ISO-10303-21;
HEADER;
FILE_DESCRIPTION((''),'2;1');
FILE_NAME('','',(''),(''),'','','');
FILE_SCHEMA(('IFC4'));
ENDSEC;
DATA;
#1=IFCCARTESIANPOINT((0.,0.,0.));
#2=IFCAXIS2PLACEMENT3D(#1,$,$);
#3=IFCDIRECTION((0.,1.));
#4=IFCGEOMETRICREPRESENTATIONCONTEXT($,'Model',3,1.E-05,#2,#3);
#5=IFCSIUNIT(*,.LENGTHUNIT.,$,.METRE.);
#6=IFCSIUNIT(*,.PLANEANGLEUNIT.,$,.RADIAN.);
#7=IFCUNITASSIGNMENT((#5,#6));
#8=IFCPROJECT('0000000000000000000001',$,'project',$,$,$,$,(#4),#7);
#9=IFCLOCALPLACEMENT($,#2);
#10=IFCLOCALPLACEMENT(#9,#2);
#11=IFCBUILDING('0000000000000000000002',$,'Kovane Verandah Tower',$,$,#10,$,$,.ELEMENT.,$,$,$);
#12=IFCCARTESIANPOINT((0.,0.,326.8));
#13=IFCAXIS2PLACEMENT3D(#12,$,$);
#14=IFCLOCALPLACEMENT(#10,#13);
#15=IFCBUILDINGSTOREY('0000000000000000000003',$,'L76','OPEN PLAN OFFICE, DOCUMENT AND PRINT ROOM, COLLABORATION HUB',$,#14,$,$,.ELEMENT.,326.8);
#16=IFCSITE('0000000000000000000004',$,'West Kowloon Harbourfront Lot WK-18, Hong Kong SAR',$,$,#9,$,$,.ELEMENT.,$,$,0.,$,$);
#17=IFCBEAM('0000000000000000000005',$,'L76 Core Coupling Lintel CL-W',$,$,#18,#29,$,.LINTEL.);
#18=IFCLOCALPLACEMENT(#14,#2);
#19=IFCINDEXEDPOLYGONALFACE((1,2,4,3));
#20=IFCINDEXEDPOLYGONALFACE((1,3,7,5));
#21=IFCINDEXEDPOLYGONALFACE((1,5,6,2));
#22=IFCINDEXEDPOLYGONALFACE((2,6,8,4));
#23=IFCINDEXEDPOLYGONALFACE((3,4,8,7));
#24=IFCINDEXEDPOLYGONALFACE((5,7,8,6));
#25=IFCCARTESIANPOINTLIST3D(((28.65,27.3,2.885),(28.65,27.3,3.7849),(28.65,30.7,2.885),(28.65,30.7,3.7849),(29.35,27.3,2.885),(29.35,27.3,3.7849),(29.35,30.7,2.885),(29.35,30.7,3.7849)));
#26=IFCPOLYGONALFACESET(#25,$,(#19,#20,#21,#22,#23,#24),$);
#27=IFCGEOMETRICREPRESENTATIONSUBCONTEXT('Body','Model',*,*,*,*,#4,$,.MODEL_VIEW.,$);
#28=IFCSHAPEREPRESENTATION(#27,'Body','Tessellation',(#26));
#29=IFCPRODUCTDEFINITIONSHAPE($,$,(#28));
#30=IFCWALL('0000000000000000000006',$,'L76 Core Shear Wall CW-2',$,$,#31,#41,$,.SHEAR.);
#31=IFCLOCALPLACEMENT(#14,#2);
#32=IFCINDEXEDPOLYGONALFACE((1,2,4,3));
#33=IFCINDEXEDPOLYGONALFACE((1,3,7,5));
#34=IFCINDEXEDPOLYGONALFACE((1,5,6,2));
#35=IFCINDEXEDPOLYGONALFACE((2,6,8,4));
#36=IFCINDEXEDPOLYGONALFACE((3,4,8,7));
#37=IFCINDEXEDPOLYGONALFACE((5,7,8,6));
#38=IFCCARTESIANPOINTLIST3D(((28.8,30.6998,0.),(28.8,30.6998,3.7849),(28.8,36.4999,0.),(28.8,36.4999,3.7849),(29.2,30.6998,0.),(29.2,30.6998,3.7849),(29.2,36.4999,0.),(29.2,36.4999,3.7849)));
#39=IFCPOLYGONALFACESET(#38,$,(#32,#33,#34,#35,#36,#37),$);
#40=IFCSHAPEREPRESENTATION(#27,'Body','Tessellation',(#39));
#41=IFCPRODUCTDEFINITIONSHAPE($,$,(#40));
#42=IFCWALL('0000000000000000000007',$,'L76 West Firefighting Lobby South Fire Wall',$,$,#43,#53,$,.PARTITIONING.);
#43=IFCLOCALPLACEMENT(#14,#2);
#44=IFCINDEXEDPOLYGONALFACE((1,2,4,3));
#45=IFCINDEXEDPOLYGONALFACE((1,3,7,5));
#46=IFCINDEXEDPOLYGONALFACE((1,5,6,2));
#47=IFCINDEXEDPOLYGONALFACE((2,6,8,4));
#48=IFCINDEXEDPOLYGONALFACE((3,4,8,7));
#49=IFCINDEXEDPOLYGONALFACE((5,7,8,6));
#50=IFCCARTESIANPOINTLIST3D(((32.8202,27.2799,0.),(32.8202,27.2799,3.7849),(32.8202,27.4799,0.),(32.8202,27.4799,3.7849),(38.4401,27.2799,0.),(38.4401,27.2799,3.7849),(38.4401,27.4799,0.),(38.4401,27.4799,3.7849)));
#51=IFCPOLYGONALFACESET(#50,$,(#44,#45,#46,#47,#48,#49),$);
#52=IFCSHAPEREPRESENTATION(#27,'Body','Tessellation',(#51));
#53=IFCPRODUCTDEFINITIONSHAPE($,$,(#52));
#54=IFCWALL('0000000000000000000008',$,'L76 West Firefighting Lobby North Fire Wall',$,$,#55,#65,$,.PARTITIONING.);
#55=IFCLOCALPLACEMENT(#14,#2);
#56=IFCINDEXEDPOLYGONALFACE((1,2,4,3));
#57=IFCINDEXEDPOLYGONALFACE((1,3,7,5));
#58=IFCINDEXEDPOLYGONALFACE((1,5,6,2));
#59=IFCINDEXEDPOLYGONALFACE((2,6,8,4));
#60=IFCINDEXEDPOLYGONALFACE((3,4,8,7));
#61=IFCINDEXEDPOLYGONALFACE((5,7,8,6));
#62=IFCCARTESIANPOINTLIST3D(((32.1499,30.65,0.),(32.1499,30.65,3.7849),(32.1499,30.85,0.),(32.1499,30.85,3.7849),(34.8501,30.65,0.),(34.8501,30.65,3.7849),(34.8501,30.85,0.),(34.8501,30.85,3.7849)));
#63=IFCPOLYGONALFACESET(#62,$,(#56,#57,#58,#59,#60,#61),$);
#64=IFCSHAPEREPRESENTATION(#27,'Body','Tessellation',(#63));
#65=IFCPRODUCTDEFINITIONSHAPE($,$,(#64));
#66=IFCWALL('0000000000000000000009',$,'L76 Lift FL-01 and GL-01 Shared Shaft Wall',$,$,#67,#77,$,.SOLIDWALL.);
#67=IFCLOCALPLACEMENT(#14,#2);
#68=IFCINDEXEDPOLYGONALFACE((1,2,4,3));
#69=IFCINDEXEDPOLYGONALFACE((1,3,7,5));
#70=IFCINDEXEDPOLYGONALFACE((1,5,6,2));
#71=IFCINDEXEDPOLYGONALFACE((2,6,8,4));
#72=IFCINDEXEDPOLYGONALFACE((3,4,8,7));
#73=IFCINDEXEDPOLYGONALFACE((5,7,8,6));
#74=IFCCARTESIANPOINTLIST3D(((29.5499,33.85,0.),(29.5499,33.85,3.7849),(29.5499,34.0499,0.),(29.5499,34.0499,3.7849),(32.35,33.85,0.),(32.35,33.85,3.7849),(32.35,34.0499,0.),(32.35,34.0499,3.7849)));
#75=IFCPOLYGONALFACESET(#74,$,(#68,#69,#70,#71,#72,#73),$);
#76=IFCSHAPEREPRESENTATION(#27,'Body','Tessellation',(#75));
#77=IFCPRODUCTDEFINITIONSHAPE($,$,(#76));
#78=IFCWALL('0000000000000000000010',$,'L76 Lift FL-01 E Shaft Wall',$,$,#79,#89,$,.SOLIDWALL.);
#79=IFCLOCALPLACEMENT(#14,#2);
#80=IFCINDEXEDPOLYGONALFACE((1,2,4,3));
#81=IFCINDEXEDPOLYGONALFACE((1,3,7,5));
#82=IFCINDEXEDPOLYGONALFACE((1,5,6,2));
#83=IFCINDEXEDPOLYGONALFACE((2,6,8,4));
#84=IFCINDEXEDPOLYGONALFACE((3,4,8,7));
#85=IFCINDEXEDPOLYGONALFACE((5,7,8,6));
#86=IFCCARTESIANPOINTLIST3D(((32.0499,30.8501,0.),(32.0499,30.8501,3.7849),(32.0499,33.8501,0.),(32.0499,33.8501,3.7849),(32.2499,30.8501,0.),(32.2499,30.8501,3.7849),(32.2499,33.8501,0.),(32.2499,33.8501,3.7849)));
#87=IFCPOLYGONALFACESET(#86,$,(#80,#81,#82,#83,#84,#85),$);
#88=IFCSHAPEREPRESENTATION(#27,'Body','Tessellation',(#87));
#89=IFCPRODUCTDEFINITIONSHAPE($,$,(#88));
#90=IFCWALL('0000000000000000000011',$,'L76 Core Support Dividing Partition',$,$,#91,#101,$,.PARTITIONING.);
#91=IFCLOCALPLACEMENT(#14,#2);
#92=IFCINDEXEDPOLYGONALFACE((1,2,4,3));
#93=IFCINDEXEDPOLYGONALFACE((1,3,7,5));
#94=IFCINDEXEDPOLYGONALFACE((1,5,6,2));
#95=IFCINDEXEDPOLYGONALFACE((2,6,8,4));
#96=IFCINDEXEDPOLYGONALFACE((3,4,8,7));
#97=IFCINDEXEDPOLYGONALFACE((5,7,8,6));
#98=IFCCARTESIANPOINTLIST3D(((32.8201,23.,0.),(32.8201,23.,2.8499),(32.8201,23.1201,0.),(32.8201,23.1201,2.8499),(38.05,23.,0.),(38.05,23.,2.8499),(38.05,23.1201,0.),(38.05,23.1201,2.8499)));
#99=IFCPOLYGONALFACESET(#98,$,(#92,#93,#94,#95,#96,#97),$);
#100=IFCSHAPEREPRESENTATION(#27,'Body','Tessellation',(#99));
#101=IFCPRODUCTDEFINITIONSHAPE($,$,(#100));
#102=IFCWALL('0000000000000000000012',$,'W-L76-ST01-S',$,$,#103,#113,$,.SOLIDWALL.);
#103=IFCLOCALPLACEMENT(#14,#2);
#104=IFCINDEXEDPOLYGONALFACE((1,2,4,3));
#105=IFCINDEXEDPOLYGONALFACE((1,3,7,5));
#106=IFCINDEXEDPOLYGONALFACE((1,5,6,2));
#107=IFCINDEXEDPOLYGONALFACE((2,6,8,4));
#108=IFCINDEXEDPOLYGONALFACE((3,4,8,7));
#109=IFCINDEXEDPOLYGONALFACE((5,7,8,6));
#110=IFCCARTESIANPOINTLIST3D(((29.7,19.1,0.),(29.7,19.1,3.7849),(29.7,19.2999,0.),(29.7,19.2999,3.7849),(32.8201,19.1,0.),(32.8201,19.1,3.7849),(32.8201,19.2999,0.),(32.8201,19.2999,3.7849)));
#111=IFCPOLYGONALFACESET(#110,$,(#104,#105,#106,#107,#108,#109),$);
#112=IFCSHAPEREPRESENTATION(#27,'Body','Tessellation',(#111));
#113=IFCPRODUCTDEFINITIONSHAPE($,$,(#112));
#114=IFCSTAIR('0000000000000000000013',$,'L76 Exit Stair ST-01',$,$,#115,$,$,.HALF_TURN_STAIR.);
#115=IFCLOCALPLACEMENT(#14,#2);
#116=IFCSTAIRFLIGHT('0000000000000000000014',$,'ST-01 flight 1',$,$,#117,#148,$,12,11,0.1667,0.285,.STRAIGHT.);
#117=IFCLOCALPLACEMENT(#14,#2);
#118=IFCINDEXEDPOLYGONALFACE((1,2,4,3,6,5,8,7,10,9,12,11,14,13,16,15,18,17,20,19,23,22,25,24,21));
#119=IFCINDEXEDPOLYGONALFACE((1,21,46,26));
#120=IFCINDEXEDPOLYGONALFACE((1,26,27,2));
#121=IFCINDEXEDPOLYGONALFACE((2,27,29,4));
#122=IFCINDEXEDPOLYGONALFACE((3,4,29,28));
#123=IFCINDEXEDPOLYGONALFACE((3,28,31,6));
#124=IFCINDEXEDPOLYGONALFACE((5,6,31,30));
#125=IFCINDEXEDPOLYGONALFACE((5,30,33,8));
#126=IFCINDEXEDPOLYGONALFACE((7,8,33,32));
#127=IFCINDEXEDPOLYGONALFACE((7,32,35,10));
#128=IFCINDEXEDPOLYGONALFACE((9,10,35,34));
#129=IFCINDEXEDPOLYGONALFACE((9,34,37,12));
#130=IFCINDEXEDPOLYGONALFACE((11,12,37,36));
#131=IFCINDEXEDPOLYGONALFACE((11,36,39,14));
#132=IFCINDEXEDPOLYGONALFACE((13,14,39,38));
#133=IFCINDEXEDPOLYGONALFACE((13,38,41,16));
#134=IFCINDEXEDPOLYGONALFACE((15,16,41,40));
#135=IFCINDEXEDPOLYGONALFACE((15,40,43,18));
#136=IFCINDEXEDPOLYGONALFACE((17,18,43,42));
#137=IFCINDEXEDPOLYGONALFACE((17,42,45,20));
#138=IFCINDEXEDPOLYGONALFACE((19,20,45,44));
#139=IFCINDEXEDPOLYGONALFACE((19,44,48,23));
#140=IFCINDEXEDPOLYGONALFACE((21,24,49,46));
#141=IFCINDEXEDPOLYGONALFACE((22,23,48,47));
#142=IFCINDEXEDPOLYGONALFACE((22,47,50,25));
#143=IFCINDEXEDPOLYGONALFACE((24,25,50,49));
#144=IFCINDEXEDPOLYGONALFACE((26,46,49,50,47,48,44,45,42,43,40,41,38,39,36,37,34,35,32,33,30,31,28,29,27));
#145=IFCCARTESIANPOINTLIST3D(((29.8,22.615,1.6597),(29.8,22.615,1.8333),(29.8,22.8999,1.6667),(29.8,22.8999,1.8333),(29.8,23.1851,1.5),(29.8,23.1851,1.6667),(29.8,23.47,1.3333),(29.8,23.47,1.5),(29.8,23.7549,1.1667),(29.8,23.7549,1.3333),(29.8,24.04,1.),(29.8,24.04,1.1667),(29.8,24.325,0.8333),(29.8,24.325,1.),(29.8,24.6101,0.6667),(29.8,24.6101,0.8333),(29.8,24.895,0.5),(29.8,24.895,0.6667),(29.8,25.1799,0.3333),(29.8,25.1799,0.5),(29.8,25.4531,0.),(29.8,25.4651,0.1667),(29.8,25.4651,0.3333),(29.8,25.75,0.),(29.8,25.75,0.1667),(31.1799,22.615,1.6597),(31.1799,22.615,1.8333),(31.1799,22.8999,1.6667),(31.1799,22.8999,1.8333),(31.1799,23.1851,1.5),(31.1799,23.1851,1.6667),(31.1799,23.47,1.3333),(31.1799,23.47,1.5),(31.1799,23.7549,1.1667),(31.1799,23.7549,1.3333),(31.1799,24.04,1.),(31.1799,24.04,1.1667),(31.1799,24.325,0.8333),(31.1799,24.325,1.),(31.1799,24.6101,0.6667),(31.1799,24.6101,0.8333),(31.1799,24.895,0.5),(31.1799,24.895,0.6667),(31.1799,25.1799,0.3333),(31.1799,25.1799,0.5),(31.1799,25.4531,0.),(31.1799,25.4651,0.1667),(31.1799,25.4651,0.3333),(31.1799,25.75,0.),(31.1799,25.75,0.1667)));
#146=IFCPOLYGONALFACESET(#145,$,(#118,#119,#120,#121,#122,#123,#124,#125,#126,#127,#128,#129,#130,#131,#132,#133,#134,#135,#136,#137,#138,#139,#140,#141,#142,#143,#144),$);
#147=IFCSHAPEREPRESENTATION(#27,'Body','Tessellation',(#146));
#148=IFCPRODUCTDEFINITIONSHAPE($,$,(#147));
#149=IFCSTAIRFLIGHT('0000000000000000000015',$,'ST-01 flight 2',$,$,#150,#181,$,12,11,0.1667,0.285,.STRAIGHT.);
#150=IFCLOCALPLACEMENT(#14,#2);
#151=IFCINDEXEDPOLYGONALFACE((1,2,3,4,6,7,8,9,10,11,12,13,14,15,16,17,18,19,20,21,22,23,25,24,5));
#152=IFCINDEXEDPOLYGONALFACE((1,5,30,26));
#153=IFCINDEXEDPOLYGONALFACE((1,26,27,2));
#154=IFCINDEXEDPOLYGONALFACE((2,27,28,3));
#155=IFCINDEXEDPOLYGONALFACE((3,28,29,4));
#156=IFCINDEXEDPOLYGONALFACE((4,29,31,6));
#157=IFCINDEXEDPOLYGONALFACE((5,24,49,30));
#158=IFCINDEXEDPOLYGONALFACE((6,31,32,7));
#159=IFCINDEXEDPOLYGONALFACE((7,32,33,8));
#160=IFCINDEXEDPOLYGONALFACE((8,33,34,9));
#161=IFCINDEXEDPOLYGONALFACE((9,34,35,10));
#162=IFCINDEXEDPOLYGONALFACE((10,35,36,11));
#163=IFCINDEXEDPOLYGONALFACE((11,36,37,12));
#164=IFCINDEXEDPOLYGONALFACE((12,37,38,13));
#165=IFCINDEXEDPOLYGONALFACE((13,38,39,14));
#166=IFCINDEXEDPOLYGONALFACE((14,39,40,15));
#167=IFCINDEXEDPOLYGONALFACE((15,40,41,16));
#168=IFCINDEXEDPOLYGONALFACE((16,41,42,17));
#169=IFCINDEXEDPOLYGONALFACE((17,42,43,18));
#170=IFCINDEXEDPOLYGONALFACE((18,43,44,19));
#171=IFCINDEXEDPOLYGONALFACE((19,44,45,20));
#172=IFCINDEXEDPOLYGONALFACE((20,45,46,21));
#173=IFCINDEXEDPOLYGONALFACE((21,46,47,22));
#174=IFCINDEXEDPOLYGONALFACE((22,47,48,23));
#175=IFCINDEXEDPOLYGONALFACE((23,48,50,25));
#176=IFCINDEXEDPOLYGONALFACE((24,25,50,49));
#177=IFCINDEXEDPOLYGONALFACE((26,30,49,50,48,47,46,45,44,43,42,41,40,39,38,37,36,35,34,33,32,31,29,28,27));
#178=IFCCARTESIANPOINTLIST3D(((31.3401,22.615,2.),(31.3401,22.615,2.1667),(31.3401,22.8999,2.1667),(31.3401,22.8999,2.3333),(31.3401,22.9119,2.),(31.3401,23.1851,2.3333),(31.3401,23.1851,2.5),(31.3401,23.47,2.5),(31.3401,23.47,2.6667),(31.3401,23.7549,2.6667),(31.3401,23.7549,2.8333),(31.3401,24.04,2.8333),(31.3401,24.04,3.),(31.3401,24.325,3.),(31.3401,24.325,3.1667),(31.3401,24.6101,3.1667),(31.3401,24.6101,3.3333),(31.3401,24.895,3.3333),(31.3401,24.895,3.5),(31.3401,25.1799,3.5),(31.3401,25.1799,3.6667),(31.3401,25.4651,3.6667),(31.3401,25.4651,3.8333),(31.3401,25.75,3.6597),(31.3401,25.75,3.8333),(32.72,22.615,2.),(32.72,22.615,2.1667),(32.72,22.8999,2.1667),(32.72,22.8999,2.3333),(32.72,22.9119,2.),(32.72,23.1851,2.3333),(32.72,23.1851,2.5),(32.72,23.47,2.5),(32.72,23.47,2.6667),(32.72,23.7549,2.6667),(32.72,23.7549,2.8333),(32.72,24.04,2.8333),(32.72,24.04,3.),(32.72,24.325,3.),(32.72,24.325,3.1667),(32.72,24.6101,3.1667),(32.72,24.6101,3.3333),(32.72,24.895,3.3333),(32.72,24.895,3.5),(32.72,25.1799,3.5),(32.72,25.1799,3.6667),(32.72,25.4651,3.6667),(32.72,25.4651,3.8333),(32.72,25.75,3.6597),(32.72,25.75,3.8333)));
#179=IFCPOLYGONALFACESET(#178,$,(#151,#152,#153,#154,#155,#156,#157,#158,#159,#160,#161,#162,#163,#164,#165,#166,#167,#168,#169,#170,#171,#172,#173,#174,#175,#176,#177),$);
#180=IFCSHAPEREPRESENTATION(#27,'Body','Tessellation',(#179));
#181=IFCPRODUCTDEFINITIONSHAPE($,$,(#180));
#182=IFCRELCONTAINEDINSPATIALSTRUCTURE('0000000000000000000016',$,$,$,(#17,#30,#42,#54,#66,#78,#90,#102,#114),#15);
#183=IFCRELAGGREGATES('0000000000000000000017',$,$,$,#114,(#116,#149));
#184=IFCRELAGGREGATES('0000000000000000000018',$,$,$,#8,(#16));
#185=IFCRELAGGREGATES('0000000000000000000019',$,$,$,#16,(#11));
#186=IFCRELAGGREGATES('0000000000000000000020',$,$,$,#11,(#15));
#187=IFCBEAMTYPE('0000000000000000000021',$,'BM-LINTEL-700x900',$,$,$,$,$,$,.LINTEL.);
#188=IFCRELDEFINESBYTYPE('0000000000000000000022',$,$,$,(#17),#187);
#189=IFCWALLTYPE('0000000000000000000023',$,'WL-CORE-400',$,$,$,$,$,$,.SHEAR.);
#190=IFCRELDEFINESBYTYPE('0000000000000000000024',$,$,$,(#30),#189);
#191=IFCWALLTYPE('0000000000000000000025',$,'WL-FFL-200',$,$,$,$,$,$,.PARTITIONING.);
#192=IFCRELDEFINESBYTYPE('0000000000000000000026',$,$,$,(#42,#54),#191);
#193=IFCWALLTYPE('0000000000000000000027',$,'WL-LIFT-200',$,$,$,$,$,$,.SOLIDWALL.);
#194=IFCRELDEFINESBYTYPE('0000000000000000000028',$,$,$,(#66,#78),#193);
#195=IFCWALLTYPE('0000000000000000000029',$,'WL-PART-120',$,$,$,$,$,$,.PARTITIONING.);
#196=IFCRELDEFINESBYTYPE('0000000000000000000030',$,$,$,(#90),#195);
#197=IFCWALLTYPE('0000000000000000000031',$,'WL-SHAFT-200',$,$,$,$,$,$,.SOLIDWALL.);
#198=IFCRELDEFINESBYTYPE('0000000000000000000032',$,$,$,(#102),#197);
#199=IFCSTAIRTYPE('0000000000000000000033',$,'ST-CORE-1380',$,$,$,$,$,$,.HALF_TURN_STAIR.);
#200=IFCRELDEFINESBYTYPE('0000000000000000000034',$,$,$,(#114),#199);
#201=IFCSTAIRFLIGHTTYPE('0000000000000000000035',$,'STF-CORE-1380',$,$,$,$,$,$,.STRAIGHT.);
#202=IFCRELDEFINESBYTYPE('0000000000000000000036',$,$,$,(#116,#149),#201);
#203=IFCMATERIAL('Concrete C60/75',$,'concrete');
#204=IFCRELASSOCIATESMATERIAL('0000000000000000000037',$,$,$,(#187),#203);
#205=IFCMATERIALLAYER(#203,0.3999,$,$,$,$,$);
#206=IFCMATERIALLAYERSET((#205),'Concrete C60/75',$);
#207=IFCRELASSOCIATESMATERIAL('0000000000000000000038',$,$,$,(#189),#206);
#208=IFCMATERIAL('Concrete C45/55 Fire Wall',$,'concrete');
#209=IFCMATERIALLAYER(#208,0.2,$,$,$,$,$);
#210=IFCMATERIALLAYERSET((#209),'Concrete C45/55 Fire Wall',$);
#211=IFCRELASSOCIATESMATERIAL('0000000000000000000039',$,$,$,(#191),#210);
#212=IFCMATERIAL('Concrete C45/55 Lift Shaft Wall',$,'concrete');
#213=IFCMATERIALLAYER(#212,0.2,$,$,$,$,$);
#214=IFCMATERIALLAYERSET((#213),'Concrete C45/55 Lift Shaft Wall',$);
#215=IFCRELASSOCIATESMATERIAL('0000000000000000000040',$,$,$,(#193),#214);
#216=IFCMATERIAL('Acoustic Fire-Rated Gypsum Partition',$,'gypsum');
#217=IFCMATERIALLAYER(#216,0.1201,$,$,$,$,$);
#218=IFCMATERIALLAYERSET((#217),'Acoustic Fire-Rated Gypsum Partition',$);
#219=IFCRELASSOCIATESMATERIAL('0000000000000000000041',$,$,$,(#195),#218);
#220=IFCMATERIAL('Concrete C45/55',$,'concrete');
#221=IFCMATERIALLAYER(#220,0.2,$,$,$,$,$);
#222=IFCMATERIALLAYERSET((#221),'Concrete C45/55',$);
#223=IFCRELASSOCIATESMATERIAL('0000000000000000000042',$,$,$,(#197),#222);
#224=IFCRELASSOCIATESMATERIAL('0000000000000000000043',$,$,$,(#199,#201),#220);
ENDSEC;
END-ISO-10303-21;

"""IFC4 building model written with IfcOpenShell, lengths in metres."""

from ifc_helpers import new_model, si_unit, direction, frame, frame_2d, origin, origin_2d, place, context, subcontext, project, spatial, polyline, rectangle, outline, extrude, material, layer, layer_set, material_profile, profile_set, type_object, element, aggregate, save


model = new_model("IFC4")

# Units and contexts
model_context = context("Model", 3, precision=1e-05, world=origin(), true_north=direction((0.0, 1.0)))
body_context = subcontext(model_context, "Body", "Model", "MODEL_VIEW")
ifc_project = project(units=[si_unit("LENGTHUNIT", "METRE"), si_unit("PLANEANGLEUNIT", "RADIAN")], contexts=[model_context])

# Site, building, storey
site_placement = place(None, origin())
site = spatial("IfcSite", under=ifc_project, at=site_placement, Name="West Kowloon Harbourfront Lot WK-18, Hong Kong SAR", CompositionType="ELEMENT", RefElevation=0.0)
building_placement = place(site_placement, origin())
building = spatial("IfcBuilding", under=site, at=building_placement, Name="Kovane Verandah Tower", CompositionType="ELEMENT")
storey_placement = place(building_placement, frame((0.0, 0.0, 326.8)))
storey = spatial("IfcBuildingStorey", under=building, at=storey_placement, Name="L76", Description="OPEN PLAN OFFICE, DOCUMENT AND PRINT ROOM, COLLABORATION HUB", CompositionType="ELEMENT", Elevation=326.8)

# Beam
ifc_material_1 = material(Name="Concrete C60/75", Category="concrete")
ifc_material_profile = material_profile(ifc_material_1, rectangle(XDim=0.7, YDim=0.8999, at=origin_2d()), Name="RCB700x900")
ifc_profile_set = profile_set([ifc_material_profile], Name="Concrete C60/75")
beam_type = type_object("IfcBeamType", Name="BM-LINTEL-700x900", PredefinedType="LINTEL", material=ifc_profile_set)
beam_placement = place(storey_placement, frame((29.0, 27.3, 3.335), z_axis=(0.0, 1.0, 0.0), x_axis=(-1.0, 0.0, 0.0)))
element("IfcBeam", 1, at=beam_placement, inside=storey, type_object=beam_type, Name="L76 Core Coupling Lintel CL-W", PredefinedType="LINTEL", context=body_context, shape_type="SweptSolid", body=[
    extrude(rectangle(XDim=0.7, YDim=0.8999, at=origin_2d()), origin(), (0.0, 0.0, 1.0), 3.3999),
])

# Wall
ifc_layer_1 = layer(ifc_material_1, 0.3999)
ifc_layer_set_1 = layer_set([ifc_layer_1], Name="Concrete C60/75")
wall_type_1 = type_object("IfcWallType", Name="WL-CORE-400", PredefinedType="SHEAR", material=ifc_layer_set_1)
wall_1_placement = place(storey_placement, frame((29.0, 30.7, 0.0), z_axis=(0.0, 0.0, 1.0), x_axis=(0.0, 1.0, 0.0)))
element("IfcWall", 2, at=wall_1_placement, inside=storey, type_object=wall_type_1, Name="L76 Core Shear Wall CW-2", PredefinedType="SHEAR", context=body_context, shape_type="SweptSolid", body=[
    extrude(rectangle(XDim=5.8, YDim=0.3999, at=frame_2d((2.8999, 0.0))), origin(), (0.0, 0.0, 1.0), 3.7849),
])

# Shared definitions
ifc_material_2 = material(Name="Concrete C45/55 Fire Wall", Category="concrete")
ifc_layer_2 = layer(ifc_material_2, 0.2)
ifc_layer_set_2 = layer_set([ifc_layer_2], Name="Concrete C45/55 Fire Wall")
wall_type_2 = type_object("IfcWallType", Name="WL-FFL-200", PredefinedType="PARTITIONING", material=ifc_layer_set_2)

# Walls
wall_2_placement = place(storey_placement, frame((32.8201, 27.3799, 0.0), z_axis=(0.0, 0.0, 1.0), x_axis=(1.0, 0.0, 0.0)))
element("IfcWall", 3, at=wall_2_placement, inside=storey, type_object=wall_type_2, Name="L76 West Firefighting Lobby South Fire Wall", PredefinedType="PARTITIONING", context=body_context, shape_type="SweptSolid", body=[
    extrude(rectangle(XDim=5.6199, YDim=0.2, at=frame_2d((2.8101, 0.0))), origin(), (0.0, 0.0, 1.0), 3.7849),
])
wall_3_placement = place(storey_placement, frame((32.1499, 30.75, 0.0), z_axis=(0.0, 0.0, 1.0), x_axis=(1.0, 0.0, 0.0)))
element("IfcWall", 4, at=wall_3_placement, inside=storey, type_object=wall_type_2, Name="L76 West Firefighting Lobby North Fire Wall", PredefinedType="PARTITIONING", context=body_context, shape_type="SweptSolid", body=[
    extrude(rectangle(XDim=2.7002, YDim=0.2, at=frame_2d((1.3501, 0.0))), origin(), (0.0, 0.0, 1.0), 3.7849),
])

# Shared definitions
ifc_material_3 = material(Name="Concrete C45/55 Lift Shaft Wall", Category="concrete")
ifc_layer_3 = layer(ifc_material_3, 0.2)
ifc_layer_set_3 = layer_set([ifc_layer_3], Name="Concrete C45/55 Lift Shaft Wall")
wall_type_3 = type_object("IfcWallType", Name="WL-LIFT-200", PredefinedType="SOLIDWALL", material=ifc_layer_set_3)

# Walls
wall_4_placement = place(storey_placement, frame((29.55, 33.95, 0.0), z_axis=(0.0, 0.0, 1.0), x_axis=(1.0, 0.0, 0.0)))
element("IfcWall", 5, at=wall_4_placement, inside=storey, type_object=wall_type_3, Name="L76 Lift FL-01 and GL-01 Shared Shaft Wall", PredefinedType="SOLIDWALL", context=body_context, shape_type="SweptSolid", body=[
    extrude(rectangle(XDim=2.8, YDim=0.2, at=frame_2d((1.3999, 0.0))), origin(), (0.0, 0.0, 1.0), 3.7849),
])
wall_5_placement = place(storey_placement, frame((32.1499, 30.8501, 0.0), z_axis=(0.0, 0.0, 1.0), x_axis=(0.0, 1.0, 0.0)))
element("IfcWall", 6, at=wall_5_placement, inside=storey, type_object=wall_type_3, Name="L76 Lift FL-01 E Shaft Wall", PredefinedType="SOLIDWALL", context=body_context, shape_type="SweptSolid", body=[
    extrude(rectangle(XDim=3.0, YDim=0.2, at=frame_2d((1.5, 0.0))), origin(), (0.0, 0.0, 1.0), 3.7849),
])

# Walls
ifc_material_4 = material(Name="Acoustic Fire-Rated Gypsum Partition", Category="gypsum")
ifc_layer_4 = layer(ifc_material_4, 0.1201)
ifc_layer_set_4 = layer_set([ifc_layer_4], Name="Acoustic Fire-Rated Gypsum Partition")
wall_type_4 = type_object("IfcWallType", Name="WL-PART-120", PredefinedType="PARTITIONING", material=ifc_layer_set_4)
wall_6_placement = place(storey_placement, frame((32.8201, 23.0601, 0.0), z_axis=(0.0, 0.0, 1.0), x_axis=(1.0, 0.0, 0.0)))
element("IfcWall", 7, at=wall_6_placement, inside=storey, type_object=wall_type_4, Name="L76 Core Support Dividing Partition", PredefinedType="PARTITIONING", context=body_context, shape_type="SweptSolid", body=[
    extrude(rectangle(XDim=5.23, YDim=0.1201, at=frame_2d((2.615, 0.0))), origin(), (0.0, 0.0, 1.0), 2.8499),
])
ifc_material_5 = material(Name="Concrete C45/55", Category="concrete")
ifc_layer_5 = layer(ifc_material_5, 0.2)
ifc_layer_set_5 = layer_set([ifc_layer_5], Name="Concrete C45/55")
wall_type_5 = type_object("IfcWallType", Name="WL-SHAFT-200", PredefinedType="SOLIDWALL", material=ifc_layer_set_5)
wall_7_placement = place(storey_placement, frame((29.7, 19.2, 0.0), z_axis=(0.0, 0.0, 1.0), x_axis=(1.0, 0.0, 0.0)))
element("IfcWall", 8, at=wall_7_placement, inside=storey, type_object=wall_type_5, Name="W-L76-ST01-S", PredefinedType="SOLIDWALL", context=body_context, shape_type="SweptSolid", body=[
    extrude(rectangle(XDim=3.1201, YDim=0.2, at=frame_2d((1.5601, 0.0))), origin(), (0.0, 0.0, 1.0), 3.7849),
])

# Stair, stair flights
stair_type = type_object("IfcStairType", Name="ST-CORE-1380", PredefinedType="HALF_TURN_STAIR", material=ifc_material_5)
stair_placement = place(storey_placement, origin())
stair = element("IfcStair", 9, at=stair_placement, inside=storey, type_object=stair_type, Name="L76 Exit Stair ST-01", PredefinedType="HALF_TURN_STAIR")
stair_flight_type = type_object("IfcStairFlightType", Name="STF-CORE-1380", PredefinedType="STRAIGHT", material=ifc_material_5)
stair_flight_1_placement = place(storey_placement, frame((30.49, 25.75, 0.0), z_axis=(0.0, 0.0, 1.0), x_axis=(0.0, -1.0, 0.0)))
stair_flight_1 = element("IfcStairFlight", 10, at=stair_flight_1_placement, type_object=stair_flight_type, Name="ST-01 flight 1", NumberOfRisers=12, NumberOfTreads=11, PredefinedType="STRAIGHT", RiserHeight=0.1667, TreadLength=0.285, context=body_context, shape_type="SweptSolid", body=[
    extrude(outline(polyline([(0.0, 0.0), (0.0, 0.1667), (0.2849, 0.1667), (0.2849, 0.3333), (0.5701, 0.3333), (0.5701, 0.5), (0.855, 0.5), (0.855, 0.6667), (1.1399, 0.6667), (1.1399, 0.8333), (1.425, 0.8333), (1.425, 1.0), (1.71, 1.0), (1.71, 1.1667), (1.9951, 1.1667), (1.9951, 1.3333), (2.28, 1.3333), (2.28, 1.5), (2.5649, 1.5), (2.5649, 1.6667), (2.8501, 1.6667), (2.8501, 1.8333), (3.135, 1.8333), (3.135, 2.0), (3.135, 1.6597), (0.2969, 0.0), (0.0, 0.0)])), frame((0.0, 0.6899, 0.0), z_axis=(0.0, -1.0, 0.0), x_axis=(1.0, 0.0, 0.0)), (0.0, 0.0, 1.0), 1.3799),
])
stair_flight_2_placement = place(storey_placement, frame((32.03, 22.615, 2.0), z_axis=(0.0, 0.0, 1.0), x_axis=(0.0, 1.0, 0.0)))
stair_flight_2 = element("IfcStairFlight", 11, at=stair_flight_2_placement, type_object=stair_flight_type, Name="ST-01 flight 2", NumberOfRisers=12, NumberOfTreads=11, PredefinedType="STRAIGHT", RiserHeight=0.1667, TreadLength=0.285, context=body_context, shape_type="SweptSolid", body=[
    extrude(outline(polyline([(0.0, 0.0), (0.0, 0.1667), (0.2849, 0.1667), (0.2849, 0.3333), (0.5701, 0.3333), (0.5701, 0.5), (0.855, 0.5), (0.855, 0.6667), (1.1399, 0.6667), (1.1399, 0.8333), (1.425, 0.8333), (1.425, 1.0), (1.71, 1.0), (1.71, 1.1667), (1.9951, 1.1667), (1.9951, 1.3333), (2.28, 1.3333), (2.28, 1.5), (2.5649, 1.5), (2.5649, 1.6667), (2.8501, 1.6667), (2.8501, 1.8333), (3.135, 1.8333), (3.135, 2.0), (3.135, 1.6597), (0.2969, 0.0), (0.0, 0.0)])), frame((0.0, 0.6899, 0.0), z_axis=(0.0, -1.0, 0.0), x_axis=(1.0, 0.0, 0.0)), (0.0, 0.0, 1.0), 1.3799),
])
aggregate(stair, [stair_flight_1, stair_flight_2])

save(model, "model.ifc")
